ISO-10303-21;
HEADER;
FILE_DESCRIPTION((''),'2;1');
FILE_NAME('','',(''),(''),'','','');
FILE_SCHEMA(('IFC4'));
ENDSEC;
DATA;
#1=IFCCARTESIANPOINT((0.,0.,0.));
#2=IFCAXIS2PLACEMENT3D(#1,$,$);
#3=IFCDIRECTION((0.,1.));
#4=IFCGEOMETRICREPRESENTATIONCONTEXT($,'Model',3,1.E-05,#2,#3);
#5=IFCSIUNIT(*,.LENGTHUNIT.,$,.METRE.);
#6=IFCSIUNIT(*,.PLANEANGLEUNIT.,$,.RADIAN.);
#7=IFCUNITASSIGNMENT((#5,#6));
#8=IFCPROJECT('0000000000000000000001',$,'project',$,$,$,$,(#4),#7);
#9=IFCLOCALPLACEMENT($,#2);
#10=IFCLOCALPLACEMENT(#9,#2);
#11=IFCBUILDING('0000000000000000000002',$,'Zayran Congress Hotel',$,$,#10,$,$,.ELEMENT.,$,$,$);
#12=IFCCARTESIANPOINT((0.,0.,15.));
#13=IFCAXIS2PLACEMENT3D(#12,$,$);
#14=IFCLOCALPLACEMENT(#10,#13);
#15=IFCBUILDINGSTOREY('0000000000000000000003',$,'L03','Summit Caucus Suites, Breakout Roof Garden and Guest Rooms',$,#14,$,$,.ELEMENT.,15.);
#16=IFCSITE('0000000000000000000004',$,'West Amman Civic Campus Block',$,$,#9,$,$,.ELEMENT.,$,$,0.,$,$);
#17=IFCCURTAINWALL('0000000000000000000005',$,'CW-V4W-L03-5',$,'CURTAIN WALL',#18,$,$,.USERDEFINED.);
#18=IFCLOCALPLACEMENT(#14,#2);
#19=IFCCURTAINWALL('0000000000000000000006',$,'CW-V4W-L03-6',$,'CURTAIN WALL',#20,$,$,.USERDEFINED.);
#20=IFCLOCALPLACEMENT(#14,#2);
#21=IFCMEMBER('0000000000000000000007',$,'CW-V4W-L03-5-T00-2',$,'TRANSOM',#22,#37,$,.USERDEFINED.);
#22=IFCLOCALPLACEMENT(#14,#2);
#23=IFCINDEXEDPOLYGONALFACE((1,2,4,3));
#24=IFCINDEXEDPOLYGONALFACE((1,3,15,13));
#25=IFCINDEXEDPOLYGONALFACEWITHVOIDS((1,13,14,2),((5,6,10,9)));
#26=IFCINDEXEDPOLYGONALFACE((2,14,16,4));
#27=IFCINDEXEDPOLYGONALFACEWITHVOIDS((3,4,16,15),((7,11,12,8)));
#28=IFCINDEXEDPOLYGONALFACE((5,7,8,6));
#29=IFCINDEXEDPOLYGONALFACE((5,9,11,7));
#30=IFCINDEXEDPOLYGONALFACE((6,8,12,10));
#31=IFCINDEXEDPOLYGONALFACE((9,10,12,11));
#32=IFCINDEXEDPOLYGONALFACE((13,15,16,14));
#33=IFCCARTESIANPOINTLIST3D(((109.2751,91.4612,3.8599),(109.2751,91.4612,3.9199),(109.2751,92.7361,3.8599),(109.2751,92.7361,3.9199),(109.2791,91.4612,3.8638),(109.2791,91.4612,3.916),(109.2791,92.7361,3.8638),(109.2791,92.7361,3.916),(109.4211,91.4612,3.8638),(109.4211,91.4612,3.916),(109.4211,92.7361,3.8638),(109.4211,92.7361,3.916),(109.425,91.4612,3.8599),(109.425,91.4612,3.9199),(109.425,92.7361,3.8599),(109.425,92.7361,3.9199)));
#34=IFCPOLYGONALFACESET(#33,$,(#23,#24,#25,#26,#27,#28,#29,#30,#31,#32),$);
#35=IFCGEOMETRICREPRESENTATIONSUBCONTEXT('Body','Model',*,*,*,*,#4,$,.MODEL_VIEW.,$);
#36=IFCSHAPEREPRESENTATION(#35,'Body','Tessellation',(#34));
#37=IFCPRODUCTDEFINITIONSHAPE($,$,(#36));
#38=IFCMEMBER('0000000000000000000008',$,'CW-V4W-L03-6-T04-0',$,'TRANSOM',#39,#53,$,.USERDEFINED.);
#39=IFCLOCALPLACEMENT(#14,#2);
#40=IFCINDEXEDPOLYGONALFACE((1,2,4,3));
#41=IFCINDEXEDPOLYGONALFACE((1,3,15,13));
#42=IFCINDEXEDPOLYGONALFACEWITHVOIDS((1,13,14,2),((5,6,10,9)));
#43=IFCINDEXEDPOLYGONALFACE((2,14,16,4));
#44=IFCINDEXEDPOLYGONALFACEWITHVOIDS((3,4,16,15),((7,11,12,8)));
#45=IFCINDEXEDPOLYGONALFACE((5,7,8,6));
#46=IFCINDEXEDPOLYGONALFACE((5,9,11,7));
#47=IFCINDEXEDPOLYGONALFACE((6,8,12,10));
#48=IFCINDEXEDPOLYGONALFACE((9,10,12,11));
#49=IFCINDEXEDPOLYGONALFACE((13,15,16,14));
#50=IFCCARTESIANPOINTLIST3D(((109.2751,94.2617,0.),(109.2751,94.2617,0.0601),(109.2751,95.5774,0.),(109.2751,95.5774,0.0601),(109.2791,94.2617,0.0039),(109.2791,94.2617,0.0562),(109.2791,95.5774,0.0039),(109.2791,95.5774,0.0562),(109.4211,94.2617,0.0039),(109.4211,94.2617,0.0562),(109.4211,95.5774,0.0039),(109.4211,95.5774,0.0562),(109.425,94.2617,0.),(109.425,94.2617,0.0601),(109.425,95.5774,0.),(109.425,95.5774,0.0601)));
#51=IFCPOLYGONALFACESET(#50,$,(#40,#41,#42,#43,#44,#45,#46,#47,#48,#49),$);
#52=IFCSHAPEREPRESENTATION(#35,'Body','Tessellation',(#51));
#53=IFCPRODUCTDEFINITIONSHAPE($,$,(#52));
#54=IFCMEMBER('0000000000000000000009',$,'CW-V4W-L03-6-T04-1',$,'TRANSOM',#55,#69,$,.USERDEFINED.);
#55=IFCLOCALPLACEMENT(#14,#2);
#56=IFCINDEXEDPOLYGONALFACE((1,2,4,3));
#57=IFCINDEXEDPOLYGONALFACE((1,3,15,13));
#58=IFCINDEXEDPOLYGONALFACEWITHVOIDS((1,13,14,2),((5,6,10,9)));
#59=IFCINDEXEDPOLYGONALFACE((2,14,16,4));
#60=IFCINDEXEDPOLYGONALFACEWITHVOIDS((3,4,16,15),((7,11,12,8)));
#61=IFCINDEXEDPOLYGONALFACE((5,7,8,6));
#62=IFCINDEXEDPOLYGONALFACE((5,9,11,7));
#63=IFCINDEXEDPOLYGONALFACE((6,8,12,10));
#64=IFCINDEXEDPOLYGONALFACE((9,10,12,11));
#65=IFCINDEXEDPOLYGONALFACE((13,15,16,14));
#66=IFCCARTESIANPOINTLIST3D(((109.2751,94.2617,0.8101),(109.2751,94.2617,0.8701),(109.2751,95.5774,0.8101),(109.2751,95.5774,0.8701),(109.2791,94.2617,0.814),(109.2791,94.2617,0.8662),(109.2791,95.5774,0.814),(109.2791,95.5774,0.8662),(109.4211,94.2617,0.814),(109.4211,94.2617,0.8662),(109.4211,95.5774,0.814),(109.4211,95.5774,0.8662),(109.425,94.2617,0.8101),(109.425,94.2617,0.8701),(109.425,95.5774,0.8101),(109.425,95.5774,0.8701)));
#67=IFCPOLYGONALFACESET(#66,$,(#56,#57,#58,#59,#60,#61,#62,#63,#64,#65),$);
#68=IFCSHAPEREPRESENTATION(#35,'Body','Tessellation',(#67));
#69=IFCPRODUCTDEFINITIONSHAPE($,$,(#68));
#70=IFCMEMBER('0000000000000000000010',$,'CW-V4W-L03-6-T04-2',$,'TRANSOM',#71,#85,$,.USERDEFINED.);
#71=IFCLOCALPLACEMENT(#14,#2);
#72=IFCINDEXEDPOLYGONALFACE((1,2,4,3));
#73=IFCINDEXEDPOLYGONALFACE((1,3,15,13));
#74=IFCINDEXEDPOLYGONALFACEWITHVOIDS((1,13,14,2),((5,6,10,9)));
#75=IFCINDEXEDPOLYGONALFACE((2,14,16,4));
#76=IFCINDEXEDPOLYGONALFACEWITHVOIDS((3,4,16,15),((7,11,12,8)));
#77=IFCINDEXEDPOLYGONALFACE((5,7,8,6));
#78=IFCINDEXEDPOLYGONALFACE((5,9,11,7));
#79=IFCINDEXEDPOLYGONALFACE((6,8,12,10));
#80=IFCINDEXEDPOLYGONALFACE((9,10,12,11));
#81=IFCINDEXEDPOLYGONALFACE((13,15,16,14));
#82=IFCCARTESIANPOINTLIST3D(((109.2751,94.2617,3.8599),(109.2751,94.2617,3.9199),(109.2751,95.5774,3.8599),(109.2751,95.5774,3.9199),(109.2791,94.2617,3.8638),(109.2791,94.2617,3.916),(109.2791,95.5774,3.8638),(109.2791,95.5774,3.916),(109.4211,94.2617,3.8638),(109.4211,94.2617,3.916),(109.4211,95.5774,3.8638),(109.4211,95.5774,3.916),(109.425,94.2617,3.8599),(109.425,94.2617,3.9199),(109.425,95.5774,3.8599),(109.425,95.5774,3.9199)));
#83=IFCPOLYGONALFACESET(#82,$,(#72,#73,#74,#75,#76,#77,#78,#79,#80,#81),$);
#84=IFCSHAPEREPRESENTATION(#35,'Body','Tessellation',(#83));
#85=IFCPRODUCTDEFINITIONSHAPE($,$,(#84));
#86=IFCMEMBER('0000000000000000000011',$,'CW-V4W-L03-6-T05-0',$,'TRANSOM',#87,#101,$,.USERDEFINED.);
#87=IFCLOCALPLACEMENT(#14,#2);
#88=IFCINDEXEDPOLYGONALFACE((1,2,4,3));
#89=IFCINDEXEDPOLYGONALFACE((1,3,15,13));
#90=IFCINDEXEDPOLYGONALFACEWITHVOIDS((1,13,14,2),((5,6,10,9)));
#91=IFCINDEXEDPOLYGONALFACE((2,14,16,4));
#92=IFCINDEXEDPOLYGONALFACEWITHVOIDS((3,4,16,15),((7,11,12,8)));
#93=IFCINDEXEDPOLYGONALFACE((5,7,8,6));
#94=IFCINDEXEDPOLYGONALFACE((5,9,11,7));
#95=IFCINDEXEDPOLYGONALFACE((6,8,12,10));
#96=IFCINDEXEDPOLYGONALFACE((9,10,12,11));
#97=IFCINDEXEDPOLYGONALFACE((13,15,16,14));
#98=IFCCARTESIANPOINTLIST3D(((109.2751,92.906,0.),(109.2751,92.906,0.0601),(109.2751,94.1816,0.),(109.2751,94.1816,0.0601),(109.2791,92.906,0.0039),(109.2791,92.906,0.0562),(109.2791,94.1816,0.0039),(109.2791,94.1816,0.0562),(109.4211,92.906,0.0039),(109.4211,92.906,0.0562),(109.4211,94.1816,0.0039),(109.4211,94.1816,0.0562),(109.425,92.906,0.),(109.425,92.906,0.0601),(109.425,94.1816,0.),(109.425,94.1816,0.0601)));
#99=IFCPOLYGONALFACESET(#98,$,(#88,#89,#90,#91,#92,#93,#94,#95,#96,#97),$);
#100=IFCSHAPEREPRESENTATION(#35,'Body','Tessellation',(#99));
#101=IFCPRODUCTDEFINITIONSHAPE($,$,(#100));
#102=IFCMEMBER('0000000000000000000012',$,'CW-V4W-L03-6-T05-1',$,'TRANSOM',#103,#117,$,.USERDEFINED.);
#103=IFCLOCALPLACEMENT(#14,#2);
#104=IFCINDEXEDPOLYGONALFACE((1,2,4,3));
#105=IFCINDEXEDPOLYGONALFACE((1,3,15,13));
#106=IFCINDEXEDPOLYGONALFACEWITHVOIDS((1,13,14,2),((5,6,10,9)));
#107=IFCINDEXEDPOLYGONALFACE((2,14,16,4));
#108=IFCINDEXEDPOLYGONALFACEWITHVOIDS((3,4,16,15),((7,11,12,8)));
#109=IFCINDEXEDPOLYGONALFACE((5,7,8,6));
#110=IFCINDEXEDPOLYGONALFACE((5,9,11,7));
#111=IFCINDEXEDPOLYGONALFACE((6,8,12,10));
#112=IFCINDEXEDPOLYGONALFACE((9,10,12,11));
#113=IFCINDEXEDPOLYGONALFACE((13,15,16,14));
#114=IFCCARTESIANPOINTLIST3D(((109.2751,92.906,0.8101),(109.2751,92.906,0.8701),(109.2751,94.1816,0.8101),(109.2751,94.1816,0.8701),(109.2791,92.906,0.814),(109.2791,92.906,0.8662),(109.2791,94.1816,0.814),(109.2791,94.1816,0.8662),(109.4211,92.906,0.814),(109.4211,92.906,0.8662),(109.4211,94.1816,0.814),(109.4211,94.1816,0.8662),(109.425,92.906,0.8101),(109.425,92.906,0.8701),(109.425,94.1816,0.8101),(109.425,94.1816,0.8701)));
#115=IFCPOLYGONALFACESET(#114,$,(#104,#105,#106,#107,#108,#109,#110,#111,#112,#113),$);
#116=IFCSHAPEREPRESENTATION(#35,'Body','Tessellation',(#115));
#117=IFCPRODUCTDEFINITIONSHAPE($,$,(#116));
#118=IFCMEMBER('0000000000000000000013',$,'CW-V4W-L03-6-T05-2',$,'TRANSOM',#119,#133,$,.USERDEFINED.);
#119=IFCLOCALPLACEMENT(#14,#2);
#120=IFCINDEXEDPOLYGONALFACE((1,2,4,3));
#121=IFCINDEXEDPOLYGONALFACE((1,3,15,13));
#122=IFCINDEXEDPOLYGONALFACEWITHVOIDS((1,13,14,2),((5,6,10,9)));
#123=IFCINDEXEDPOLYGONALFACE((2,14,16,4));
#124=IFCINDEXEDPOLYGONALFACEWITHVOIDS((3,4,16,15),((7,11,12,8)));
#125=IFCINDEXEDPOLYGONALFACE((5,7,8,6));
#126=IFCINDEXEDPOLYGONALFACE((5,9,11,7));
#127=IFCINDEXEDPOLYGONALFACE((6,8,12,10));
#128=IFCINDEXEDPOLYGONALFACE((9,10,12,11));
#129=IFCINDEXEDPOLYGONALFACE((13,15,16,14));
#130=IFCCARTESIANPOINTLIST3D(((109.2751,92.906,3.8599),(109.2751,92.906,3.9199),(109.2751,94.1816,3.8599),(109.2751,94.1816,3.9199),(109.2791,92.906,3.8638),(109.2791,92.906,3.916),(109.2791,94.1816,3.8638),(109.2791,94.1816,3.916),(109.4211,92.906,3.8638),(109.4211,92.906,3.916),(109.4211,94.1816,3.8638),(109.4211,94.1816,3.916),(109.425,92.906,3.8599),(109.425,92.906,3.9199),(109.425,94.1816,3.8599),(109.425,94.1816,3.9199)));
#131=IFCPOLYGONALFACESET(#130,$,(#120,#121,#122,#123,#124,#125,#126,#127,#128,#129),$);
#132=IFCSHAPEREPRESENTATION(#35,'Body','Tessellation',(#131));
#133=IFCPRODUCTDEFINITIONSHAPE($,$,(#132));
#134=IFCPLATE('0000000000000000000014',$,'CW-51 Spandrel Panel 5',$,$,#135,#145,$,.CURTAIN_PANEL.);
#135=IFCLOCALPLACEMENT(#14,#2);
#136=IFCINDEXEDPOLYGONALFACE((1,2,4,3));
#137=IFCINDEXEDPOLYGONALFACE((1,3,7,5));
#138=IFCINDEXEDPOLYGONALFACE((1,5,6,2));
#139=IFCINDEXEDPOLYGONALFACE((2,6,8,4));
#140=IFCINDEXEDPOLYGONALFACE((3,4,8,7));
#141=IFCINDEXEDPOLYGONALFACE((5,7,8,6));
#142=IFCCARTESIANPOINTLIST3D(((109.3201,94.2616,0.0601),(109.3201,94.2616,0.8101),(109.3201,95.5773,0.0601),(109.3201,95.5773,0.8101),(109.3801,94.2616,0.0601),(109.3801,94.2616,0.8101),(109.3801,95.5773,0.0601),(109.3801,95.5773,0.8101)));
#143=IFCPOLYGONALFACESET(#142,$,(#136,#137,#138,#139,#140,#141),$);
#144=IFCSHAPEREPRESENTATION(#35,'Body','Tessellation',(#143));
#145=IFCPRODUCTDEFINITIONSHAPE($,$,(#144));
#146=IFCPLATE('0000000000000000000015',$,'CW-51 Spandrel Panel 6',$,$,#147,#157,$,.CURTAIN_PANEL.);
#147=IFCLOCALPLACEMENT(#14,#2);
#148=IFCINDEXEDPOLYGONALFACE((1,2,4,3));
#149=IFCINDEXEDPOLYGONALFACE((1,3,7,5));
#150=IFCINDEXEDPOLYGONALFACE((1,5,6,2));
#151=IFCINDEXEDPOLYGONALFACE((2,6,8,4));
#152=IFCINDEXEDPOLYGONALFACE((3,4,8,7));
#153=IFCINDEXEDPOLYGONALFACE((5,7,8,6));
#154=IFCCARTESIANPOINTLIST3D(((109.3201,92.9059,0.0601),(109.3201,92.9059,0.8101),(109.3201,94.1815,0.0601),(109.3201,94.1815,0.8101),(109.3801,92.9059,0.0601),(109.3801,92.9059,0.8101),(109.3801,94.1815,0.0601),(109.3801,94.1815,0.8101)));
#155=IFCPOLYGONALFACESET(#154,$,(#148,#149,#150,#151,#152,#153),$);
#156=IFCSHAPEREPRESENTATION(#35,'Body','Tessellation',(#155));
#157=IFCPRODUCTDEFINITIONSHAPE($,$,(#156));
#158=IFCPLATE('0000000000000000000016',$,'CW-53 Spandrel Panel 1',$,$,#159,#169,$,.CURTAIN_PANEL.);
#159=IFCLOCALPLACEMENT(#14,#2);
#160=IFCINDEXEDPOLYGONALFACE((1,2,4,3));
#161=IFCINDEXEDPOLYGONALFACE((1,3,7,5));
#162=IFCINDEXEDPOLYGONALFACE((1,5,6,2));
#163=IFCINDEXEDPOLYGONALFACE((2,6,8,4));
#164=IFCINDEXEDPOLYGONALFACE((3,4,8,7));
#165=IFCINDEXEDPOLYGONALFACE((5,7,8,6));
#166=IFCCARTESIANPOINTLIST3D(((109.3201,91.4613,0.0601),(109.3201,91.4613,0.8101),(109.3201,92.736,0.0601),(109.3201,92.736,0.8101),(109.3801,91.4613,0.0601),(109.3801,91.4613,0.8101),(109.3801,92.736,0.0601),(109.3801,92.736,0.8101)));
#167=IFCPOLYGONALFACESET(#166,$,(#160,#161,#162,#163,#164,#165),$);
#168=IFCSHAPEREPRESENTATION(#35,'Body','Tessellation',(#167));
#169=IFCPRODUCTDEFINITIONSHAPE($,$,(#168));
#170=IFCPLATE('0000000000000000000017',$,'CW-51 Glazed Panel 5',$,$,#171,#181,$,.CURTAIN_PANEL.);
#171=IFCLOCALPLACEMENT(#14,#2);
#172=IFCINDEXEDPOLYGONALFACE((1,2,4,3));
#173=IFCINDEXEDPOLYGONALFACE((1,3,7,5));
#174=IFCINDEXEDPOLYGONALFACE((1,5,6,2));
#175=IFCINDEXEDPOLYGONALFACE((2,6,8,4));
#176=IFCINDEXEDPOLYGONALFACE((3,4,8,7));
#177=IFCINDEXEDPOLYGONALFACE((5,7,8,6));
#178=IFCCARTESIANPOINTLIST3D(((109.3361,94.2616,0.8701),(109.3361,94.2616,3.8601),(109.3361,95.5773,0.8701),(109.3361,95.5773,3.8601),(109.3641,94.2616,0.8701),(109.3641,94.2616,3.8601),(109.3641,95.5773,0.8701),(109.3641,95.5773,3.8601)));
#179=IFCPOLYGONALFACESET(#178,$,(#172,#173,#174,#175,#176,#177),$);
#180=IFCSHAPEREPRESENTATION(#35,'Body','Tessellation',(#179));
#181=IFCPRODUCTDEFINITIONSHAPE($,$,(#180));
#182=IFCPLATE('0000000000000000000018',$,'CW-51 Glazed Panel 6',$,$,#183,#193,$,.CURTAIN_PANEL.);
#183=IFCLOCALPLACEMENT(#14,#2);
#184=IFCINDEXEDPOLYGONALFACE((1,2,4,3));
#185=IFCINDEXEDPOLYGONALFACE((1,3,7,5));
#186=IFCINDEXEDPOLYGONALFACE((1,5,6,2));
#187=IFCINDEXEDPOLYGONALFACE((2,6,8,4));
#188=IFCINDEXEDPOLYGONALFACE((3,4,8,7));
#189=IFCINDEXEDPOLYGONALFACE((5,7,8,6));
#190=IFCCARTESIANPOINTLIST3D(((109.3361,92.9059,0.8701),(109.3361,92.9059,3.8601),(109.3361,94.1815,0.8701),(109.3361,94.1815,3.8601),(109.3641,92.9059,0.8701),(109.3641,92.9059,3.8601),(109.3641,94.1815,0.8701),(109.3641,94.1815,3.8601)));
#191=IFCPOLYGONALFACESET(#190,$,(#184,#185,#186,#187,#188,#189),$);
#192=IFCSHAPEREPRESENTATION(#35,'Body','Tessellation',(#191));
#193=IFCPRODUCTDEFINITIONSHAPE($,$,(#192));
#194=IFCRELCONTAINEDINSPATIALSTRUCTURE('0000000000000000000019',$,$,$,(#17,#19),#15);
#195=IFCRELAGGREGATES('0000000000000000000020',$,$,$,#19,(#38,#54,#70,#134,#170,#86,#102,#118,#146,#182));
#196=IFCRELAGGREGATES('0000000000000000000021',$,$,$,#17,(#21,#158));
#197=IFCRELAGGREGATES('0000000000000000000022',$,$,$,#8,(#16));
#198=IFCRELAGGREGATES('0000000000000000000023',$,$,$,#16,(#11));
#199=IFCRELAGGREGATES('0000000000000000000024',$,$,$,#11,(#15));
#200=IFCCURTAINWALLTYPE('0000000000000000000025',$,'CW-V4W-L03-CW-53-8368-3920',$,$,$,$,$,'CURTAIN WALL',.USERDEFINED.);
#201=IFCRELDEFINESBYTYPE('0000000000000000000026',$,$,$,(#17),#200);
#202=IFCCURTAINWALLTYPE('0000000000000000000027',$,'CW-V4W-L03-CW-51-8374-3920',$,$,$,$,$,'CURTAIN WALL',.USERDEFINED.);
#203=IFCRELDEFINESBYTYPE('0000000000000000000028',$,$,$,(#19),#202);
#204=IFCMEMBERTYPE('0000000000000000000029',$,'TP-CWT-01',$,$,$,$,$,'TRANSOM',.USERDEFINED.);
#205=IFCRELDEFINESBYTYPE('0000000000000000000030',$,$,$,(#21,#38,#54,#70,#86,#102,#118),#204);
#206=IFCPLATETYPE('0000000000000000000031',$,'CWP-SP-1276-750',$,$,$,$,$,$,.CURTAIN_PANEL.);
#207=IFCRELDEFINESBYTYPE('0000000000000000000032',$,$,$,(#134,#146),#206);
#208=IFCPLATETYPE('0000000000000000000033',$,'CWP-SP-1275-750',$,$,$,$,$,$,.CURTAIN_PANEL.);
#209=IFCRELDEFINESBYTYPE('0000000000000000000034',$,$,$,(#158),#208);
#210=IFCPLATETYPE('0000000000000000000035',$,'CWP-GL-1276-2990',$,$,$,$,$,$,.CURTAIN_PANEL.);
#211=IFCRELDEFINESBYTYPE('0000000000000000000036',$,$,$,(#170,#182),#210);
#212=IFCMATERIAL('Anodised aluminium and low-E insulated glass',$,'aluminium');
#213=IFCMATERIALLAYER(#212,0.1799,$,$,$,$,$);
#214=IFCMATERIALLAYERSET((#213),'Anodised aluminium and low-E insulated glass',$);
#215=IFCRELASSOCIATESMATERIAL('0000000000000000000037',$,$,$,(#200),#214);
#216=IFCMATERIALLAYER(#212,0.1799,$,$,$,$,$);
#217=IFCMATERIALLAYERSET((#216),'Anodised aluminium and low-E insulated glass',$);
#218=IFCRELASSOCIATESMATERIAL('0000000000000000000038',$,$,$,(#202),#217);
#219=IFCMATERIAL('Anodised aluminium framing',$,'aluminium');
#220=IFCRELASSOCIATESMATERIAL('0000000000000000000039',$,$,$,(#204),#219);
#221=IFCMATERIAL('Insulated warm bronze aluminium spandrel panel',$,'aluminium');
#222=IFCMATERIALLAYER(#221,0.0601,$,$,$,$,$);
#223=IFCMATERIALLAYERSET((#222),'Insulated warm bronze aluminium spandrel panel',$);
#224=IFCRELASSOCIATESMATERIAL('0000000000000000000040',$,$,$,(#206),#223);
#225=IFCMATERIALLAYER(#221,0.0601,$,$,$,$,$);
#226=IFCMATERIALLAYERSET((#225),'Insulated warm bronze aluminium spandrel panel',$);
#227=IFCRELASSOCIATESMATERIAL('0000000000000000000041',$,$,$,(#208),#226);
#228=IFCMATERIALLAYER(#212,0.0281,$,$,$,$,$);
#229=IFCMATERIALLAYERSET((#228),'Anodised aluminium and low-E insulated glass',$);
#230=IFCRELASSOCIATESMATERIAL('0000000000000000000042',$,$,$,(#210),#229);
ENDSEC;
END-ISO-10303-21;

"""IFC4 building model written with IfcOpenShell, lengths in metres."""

from ifc_helpers import new_model, si_unit, direction, frame, origin, origin_2d, place, context, subcontext, project, spatial, rectangle, hollow_rectangle, extrude, material, layer, layer_set, material_profile, profile_set, type_object, element, aggregate, save


model = new_model("IFC4")

# Units and contexts
model_context = context("Model", 3, precision=1e-05, world=origin(), true_north=direction((0.0, 1.0)))
body_context = subcontext(model_context, "Body", "Model", "MODEL_VIEW")
ifc_project = project(units=[si_unit("LENGTHUNIT", "METRE"), si_unit("PLANEANGLEUNIT", "RADIAN")], contexts=[model_context])

# Site, building, storey
site_placement = place(None, origin())
site = spatial("IfcSite", under=ifc_project, at=site_placement, Name="West Amman Civic Campus Block", CompositionType="ELEMENT", RefElevation=0.0)
building_placement = place(site_placement, origin())
building = spatial("IfcBuilding", under=site, at=building_placement, Name="Zayran Congress Hotel", CompositionType="ELEMENT")
storey_placement = place(building_placement, frame((0.0, 0.0, 15.0)))
storey = spatial("IfcBuildingStorey", under=building, at=storey_placement, Name="L03", Description="Summit Caucus Suites, Breakout Roof Garden and Guest Rooms", CompositionType="ELEMENT", Elevation=15.0)

# Curtain walls
ifc_material_1 = material(Name="Anodised aluminium and low-E insulated glass", Category="aluminium")
ifc_layer_1 = layer(ifc_material_1, 0.1799)
ifc_layer_set_1 = layer_set([ifc_layer_1], Name="Anodised aluminium and low-E insulated glass")
curtain_wall_type_1 = type_object("IfcCurtainWallType", Name="CW-V4W-L03-CW-53-8368-3920", ElementType="CURTAIN WALL", PredefinedType="USERDEFINED", material=ifc_layer_set_1)
curtain_wall_1_placement = place(storey_placement, origin())
curtain_wall_1 = element("IfcCurtainWall", 1, at=curtain_wall_1_placement, inside=storey, type_object=curtain_wall_type_1, Name="CW-V4W-L03-5", ObjectType="CURTAIN WALL", PredefinedType="USERDEFINED")
ifc_material_2 = material(Name="Anodised aluminium framing", Category="aluminium")
ifc_layer_2 = layer(ifc_material_1, 0.1799)
ifc_layer_set_2 = layer_set([ifc_layer_2], Name="Anodised aluminium and low-E insulated glass")
curtain_wall_type_2 = type_object("IfcCurtainWallType", Name="CW-V4W-L03-CW-51-8374-3920", ElementType="CURTAIN WALL", PredefinedType="USERDEFINED", material=ifc_layer_set_2)
curtain_wall_2_placement = place(storey_placement, origin())
curtain_wall_2 = element("IfcCurtainWall", 2, at=curtain_wall_2_placement, inside=storey, type_object=curtain_wall_type_2, Name="CW-V4W-L03-6", ObjectType="CURTAIN WALL", PredefinedType="USERDEFINED")

# Members
ifc_material_profile_1 = material_profile(ifc_material_2, hollow_rectangle(XDim=0.0601, YDim=0.1499, WallThickness=0.0039, at=origin_2d()), Name="RHS 150x60x4")
ifc_profile_set_1 = profile_set([ifc_material_profile_1], Name="Anodised aluminium framing")
member_type_1 = type_object("IfcMemberType", Name="TP-CWT-01", ElementType="TRANSOM", PredefinedType="USERDEFINED", material=ifc_profile_set_1)
member_1_placement = place(storey_placement, frame((109.3501, 92.7361, 3.8899), z_axis=(0.0, -1.0, 0.0), x_axis=(0.0, 0.0, 1.0)))
member_1 = element("IfcMember", 3, at=member_1_placement, type_object=member_type_1, Name="CW-V4W-L03-5-T00-2", ObjectType="TRANSOM", PredefinedType="USERDEFINED", context=body_context, shape_type="SweptSolid", body=[
    extrude(hollow_rectangle(XDim=0.0601, YDim=0.1499, WallThickness=0.0039, at=origin_2d()), origin(), (0.0, 0.0, 1.0), 1.2749),
])
member_2_placement = place(storey_placement, frame((109.3501, 95.5774, 0.03), z_axis=(0.0, -1.0, 0.0), x_axis=(0.0, 0.0, 1.0)))
member_2 = element("IfcMember", 4, at=member_2_placement, type_object=member_type_1, Name="CW-V4W-L03-6-T04-0", ObjectType="TRANSOM", PredefinedType="USERDEFINED", context=body_context, shape_type="SweptSolid", body=[
    extrude(hollow_rectangle(XDim=0.0601, YDim=0.1499, WallThickness=0.0039, at=origin_2d()), origin(), (0.0, 0.0, 1.0), 1.3157),
])
member_3_placement = place(storey_placement, frame((109.3501, 95.5774, 0.8401), z_axis=(0.0, -1.0, 0.0), x_axis=(0.0, 0.0, 1.0)))
member_3 = element("IfcMember", 5, at=member_3_placement, type_object=member_type_1, Name="CW-V4W-L03-6-T04-1", ObjectType="TRANSOM", PredefinedType="USERDEFINED", context=body_context, shape_type="SweptSolid", body=[
    extrude(hollow_rectangle(XDim=0.0601, YDim=0.1499, WallThickness=0.0039, at=origin_2d()), origin(), (0.0, 0.0, 1.0), 1.3157),
])
member_4_placement = place(storey_placement, frame((109.3501, 95.5774, 3.8899), z_axis=(0.0, -1.0, 0.0), x_axis=(0.0, 0.0, 1.0)))
member_4 = element("IfcMember", 6, at=member_4_placement, type_object=member_type_1, Name="CW-V4W-L03-6-T04-2", ObjectType="TRANSOM", PredefinedType="USERDEFINED", context=body_context, shape_type="SweptSolid", body=[
    extrude(hollow_rectangle(XDim=0.0601, YDim=0.1499, WallThickness=0.0039, at=origin_2d()), origin(), (0.0, 0.0, 1.0), 1.3157),
])
member_5_placement = place(storey_placement, frame((109.3501, 94.1816, 0.03), z_axis=(0.0, -1.0, 0.0), x_axis=(0.0, 0.0, 1.0)))
member_5 = element("IfcMember", 7, at=member_5_placement, type_object=member_type_1, Name="CW-V4W-L03-6-T05-0", ObjectType="TRANSOM", PredefinedType="USERDEFINED", context=body_context, shape_type="SweptSolid", body=[
    extrude(hollow_rectangle(XDim=0.0601, YDim=0.1499, WallThickness=0.0039, at=origin_2d()), origin(), (0.0, 0.0, 1.0), 1.2756),
])
member_6_placement = place(storey_placement, frame((109.3501, 94.1816, 0.8401), z_axis=(0.0, -1.0, 0.0), x_axis=(0.0, 0.0, 1.0)))
member_6 = element("IfcMember", 8, at=member_6_placement, type_object=member_type_1, Name="CW-V4W-L03-6-T05-1", ObjectType="TRANSOM", PredefinedType="USERDEFINED", context=body_context, shape_type="SweptSolid", body=[
    extrude(hollow_rectangle(XDim=0.0601, YDim=0.1499, WallThickness=0.0039, at=origin_2d()), origin(), (0.0, 0.0, 1.0), 1.2756),
])
member_7_placement = place(storey_placement, frame((109.3501, 94.1816, 3.8899), z_axis=(0.0, -1.0, 0.0), x_axis=(0.0, 0.0, 1.0)))
member_7 = element("IfcMember", 9, at=member_7_placement, type_object=member_type_1, Name="CW-V4W-L03-6-T05-2", ObjectType="TRANSOM", PredefinedType="USERDEFINED", context=body_context, shape_type="SweptSolid", body=[
    extrude(hollow_rectangle(XDim=0.0601, YDim=0.1499, WallThickness=0.0039, at=origin_2d()), origin(), (0.0, 0.0, 1.0), 1.2756),
])

# Plates
ifc_material_3 = material(Name="Insulated warm bronze aluminium spandrel panel", Category="aluminium")
ifc_layer_3 = layer(ifc_material_3, 0.0601)
ifc_layer_set_3 = layer_set([ifc_layer_3], Name="Insulated warm bronze aluminium spandrel panel")
plate_type_1 = type_object("IfcPlateType", Name="CWP-SP-1276-750", PredefinedType="CURTAIN_PANEL", material=ifc_layer_set_3)
plate_1_placement = place(storey_placement, frame((109.3501, 94.9194, 0.0601), z_axis=(0.0, 0.0, 1.0), x_axis=(0.0, 1.0, 0.0)))
plate_1 = element("IfcPlate", 10, at=plate_1_placement, type_object=plate_type_1, Name="CW-51 Spandrel Panel 5", PredefinedType="CURTAIN_PANEL", context=body_context, shape_type="SweptSolid", body=[
    extrude(rectangle(XDim=1.3157, YDim=0.0601, at=origin_2d()), origin(), (0.0, 0.0, 1.0), 0.75),
])
plate_2_placement = place(storey_placement, frame((109.3501, 93.5437, 0.0601), z_axis=(0.0, 0.0, 1.0), x_axis=(0.0, 1.0, 0.0)))
plate_2 = element("IfcPlate", 11, at=plate_2_placement, type_object=plate_type_1, Name="CW-51 Spandrel Panel 6", PredefinedType="CURTAIN_PANEL", context=body_context, shape_type="SweptSolid", body=[
    extrude(rectangle(XDim=1.2756, YDim=0.0601, at=origin_2d()), origin(), (0.0, 0.0, 1.0), 0.75),
])
ifc_layer_4 = layer(ifc_material_3, 0.0601)
ifc_layer_set_4 = layer_set([ifc_layer_4], Name="Insulated warm bronze aluminium spandrel panel")
plate_type_2 = type_object("IfcPlateType", Name="CWP-SP-1275-750", PredefinedType="CURTAIN_PANEL", material=ifc_layer_set_4)
plate_3_placement = place(storey_placement, frame((109.3501, 92.0986, 0.0601), z_axis=(0.0, 0.0, 1.0), x_axis=(0.0, 1.0, 0.0)))
plate_3 = element("IfcPlate", 12, at=plate_3_placement, type_object=plate_type_2, Name="CW-53 Spandrel Panel 1", PredefinedType="CURTAIN_PANEL", context=body_context, shape_type="SweptSolid", body=[
    extrude(rectangle(XDim=1.2747, YDim=0.0601, at=origin_2d()), origin(), (0.0, 0.0, 1.0), 0.75),
])
ifc_layer_5 = layer(ifc_material_1, 0.0281)
ifc_layer_set_5 = layer_set([ifc_layer_5], Name="Anodised aluminium and low-E insulated glass")
plate_type_3 = type_object("IfcPlateType", Name="CWP-GL-1276-2990", PredefinedType="CURTAIN_PANEL", material=ifc_layer_set_5)
plate_4_placement = place(storey_placement, frame((109.3501, 94.9194, 0.8701), z_axis=(0.0, 0.0, 1.0), x_axis=(0.0, 1.0, 0.0)))
plate_4 = element("IfcPlate", 13, at=plate_4_placement, type_object=plate_type_3, Name="CW-51 Glazed Panel 5", PredefinedType="CURTAIN_PANEL", context=body_context, shape_type="SweptSolid", body=[
    extrude(rectangle(XDim=1.3157, YDim=0.0281, at=origin_2d()), origin(), (0.0, 0.0, 1.0), 2.99),
])
plate_5_placement = place(storey_placement, frame((109.3501, 93.5437, 0.8701), z_axis=(0.0, 0.0, 1.0), x_axis=(0.0, 1.0, 0.0)))
plate_5 = element("IfcPlate", 14, at=plate_5_placement, type_object=plate_type_3, Name="CW-51 Glazed Panel 6", PredefinedType="CURTAIN_PANEL", context=body_context, shape_type="SweptSolid", body=[
    extrude(rectangle(XDim=1.2756, YDim=0.0281, at=origin_2d()), origin(), (0.0, 0.0, 1.0), 2.99),
])
aggregate(curtain_wall_2, [member_2, member_3, member_4, plate_1, plate_4, member_5, member_6, member_7, plate_2, plate_5])
aggregate(curtain_wall_1, [member_1, plate_3])

save(model, "model.ifc")
